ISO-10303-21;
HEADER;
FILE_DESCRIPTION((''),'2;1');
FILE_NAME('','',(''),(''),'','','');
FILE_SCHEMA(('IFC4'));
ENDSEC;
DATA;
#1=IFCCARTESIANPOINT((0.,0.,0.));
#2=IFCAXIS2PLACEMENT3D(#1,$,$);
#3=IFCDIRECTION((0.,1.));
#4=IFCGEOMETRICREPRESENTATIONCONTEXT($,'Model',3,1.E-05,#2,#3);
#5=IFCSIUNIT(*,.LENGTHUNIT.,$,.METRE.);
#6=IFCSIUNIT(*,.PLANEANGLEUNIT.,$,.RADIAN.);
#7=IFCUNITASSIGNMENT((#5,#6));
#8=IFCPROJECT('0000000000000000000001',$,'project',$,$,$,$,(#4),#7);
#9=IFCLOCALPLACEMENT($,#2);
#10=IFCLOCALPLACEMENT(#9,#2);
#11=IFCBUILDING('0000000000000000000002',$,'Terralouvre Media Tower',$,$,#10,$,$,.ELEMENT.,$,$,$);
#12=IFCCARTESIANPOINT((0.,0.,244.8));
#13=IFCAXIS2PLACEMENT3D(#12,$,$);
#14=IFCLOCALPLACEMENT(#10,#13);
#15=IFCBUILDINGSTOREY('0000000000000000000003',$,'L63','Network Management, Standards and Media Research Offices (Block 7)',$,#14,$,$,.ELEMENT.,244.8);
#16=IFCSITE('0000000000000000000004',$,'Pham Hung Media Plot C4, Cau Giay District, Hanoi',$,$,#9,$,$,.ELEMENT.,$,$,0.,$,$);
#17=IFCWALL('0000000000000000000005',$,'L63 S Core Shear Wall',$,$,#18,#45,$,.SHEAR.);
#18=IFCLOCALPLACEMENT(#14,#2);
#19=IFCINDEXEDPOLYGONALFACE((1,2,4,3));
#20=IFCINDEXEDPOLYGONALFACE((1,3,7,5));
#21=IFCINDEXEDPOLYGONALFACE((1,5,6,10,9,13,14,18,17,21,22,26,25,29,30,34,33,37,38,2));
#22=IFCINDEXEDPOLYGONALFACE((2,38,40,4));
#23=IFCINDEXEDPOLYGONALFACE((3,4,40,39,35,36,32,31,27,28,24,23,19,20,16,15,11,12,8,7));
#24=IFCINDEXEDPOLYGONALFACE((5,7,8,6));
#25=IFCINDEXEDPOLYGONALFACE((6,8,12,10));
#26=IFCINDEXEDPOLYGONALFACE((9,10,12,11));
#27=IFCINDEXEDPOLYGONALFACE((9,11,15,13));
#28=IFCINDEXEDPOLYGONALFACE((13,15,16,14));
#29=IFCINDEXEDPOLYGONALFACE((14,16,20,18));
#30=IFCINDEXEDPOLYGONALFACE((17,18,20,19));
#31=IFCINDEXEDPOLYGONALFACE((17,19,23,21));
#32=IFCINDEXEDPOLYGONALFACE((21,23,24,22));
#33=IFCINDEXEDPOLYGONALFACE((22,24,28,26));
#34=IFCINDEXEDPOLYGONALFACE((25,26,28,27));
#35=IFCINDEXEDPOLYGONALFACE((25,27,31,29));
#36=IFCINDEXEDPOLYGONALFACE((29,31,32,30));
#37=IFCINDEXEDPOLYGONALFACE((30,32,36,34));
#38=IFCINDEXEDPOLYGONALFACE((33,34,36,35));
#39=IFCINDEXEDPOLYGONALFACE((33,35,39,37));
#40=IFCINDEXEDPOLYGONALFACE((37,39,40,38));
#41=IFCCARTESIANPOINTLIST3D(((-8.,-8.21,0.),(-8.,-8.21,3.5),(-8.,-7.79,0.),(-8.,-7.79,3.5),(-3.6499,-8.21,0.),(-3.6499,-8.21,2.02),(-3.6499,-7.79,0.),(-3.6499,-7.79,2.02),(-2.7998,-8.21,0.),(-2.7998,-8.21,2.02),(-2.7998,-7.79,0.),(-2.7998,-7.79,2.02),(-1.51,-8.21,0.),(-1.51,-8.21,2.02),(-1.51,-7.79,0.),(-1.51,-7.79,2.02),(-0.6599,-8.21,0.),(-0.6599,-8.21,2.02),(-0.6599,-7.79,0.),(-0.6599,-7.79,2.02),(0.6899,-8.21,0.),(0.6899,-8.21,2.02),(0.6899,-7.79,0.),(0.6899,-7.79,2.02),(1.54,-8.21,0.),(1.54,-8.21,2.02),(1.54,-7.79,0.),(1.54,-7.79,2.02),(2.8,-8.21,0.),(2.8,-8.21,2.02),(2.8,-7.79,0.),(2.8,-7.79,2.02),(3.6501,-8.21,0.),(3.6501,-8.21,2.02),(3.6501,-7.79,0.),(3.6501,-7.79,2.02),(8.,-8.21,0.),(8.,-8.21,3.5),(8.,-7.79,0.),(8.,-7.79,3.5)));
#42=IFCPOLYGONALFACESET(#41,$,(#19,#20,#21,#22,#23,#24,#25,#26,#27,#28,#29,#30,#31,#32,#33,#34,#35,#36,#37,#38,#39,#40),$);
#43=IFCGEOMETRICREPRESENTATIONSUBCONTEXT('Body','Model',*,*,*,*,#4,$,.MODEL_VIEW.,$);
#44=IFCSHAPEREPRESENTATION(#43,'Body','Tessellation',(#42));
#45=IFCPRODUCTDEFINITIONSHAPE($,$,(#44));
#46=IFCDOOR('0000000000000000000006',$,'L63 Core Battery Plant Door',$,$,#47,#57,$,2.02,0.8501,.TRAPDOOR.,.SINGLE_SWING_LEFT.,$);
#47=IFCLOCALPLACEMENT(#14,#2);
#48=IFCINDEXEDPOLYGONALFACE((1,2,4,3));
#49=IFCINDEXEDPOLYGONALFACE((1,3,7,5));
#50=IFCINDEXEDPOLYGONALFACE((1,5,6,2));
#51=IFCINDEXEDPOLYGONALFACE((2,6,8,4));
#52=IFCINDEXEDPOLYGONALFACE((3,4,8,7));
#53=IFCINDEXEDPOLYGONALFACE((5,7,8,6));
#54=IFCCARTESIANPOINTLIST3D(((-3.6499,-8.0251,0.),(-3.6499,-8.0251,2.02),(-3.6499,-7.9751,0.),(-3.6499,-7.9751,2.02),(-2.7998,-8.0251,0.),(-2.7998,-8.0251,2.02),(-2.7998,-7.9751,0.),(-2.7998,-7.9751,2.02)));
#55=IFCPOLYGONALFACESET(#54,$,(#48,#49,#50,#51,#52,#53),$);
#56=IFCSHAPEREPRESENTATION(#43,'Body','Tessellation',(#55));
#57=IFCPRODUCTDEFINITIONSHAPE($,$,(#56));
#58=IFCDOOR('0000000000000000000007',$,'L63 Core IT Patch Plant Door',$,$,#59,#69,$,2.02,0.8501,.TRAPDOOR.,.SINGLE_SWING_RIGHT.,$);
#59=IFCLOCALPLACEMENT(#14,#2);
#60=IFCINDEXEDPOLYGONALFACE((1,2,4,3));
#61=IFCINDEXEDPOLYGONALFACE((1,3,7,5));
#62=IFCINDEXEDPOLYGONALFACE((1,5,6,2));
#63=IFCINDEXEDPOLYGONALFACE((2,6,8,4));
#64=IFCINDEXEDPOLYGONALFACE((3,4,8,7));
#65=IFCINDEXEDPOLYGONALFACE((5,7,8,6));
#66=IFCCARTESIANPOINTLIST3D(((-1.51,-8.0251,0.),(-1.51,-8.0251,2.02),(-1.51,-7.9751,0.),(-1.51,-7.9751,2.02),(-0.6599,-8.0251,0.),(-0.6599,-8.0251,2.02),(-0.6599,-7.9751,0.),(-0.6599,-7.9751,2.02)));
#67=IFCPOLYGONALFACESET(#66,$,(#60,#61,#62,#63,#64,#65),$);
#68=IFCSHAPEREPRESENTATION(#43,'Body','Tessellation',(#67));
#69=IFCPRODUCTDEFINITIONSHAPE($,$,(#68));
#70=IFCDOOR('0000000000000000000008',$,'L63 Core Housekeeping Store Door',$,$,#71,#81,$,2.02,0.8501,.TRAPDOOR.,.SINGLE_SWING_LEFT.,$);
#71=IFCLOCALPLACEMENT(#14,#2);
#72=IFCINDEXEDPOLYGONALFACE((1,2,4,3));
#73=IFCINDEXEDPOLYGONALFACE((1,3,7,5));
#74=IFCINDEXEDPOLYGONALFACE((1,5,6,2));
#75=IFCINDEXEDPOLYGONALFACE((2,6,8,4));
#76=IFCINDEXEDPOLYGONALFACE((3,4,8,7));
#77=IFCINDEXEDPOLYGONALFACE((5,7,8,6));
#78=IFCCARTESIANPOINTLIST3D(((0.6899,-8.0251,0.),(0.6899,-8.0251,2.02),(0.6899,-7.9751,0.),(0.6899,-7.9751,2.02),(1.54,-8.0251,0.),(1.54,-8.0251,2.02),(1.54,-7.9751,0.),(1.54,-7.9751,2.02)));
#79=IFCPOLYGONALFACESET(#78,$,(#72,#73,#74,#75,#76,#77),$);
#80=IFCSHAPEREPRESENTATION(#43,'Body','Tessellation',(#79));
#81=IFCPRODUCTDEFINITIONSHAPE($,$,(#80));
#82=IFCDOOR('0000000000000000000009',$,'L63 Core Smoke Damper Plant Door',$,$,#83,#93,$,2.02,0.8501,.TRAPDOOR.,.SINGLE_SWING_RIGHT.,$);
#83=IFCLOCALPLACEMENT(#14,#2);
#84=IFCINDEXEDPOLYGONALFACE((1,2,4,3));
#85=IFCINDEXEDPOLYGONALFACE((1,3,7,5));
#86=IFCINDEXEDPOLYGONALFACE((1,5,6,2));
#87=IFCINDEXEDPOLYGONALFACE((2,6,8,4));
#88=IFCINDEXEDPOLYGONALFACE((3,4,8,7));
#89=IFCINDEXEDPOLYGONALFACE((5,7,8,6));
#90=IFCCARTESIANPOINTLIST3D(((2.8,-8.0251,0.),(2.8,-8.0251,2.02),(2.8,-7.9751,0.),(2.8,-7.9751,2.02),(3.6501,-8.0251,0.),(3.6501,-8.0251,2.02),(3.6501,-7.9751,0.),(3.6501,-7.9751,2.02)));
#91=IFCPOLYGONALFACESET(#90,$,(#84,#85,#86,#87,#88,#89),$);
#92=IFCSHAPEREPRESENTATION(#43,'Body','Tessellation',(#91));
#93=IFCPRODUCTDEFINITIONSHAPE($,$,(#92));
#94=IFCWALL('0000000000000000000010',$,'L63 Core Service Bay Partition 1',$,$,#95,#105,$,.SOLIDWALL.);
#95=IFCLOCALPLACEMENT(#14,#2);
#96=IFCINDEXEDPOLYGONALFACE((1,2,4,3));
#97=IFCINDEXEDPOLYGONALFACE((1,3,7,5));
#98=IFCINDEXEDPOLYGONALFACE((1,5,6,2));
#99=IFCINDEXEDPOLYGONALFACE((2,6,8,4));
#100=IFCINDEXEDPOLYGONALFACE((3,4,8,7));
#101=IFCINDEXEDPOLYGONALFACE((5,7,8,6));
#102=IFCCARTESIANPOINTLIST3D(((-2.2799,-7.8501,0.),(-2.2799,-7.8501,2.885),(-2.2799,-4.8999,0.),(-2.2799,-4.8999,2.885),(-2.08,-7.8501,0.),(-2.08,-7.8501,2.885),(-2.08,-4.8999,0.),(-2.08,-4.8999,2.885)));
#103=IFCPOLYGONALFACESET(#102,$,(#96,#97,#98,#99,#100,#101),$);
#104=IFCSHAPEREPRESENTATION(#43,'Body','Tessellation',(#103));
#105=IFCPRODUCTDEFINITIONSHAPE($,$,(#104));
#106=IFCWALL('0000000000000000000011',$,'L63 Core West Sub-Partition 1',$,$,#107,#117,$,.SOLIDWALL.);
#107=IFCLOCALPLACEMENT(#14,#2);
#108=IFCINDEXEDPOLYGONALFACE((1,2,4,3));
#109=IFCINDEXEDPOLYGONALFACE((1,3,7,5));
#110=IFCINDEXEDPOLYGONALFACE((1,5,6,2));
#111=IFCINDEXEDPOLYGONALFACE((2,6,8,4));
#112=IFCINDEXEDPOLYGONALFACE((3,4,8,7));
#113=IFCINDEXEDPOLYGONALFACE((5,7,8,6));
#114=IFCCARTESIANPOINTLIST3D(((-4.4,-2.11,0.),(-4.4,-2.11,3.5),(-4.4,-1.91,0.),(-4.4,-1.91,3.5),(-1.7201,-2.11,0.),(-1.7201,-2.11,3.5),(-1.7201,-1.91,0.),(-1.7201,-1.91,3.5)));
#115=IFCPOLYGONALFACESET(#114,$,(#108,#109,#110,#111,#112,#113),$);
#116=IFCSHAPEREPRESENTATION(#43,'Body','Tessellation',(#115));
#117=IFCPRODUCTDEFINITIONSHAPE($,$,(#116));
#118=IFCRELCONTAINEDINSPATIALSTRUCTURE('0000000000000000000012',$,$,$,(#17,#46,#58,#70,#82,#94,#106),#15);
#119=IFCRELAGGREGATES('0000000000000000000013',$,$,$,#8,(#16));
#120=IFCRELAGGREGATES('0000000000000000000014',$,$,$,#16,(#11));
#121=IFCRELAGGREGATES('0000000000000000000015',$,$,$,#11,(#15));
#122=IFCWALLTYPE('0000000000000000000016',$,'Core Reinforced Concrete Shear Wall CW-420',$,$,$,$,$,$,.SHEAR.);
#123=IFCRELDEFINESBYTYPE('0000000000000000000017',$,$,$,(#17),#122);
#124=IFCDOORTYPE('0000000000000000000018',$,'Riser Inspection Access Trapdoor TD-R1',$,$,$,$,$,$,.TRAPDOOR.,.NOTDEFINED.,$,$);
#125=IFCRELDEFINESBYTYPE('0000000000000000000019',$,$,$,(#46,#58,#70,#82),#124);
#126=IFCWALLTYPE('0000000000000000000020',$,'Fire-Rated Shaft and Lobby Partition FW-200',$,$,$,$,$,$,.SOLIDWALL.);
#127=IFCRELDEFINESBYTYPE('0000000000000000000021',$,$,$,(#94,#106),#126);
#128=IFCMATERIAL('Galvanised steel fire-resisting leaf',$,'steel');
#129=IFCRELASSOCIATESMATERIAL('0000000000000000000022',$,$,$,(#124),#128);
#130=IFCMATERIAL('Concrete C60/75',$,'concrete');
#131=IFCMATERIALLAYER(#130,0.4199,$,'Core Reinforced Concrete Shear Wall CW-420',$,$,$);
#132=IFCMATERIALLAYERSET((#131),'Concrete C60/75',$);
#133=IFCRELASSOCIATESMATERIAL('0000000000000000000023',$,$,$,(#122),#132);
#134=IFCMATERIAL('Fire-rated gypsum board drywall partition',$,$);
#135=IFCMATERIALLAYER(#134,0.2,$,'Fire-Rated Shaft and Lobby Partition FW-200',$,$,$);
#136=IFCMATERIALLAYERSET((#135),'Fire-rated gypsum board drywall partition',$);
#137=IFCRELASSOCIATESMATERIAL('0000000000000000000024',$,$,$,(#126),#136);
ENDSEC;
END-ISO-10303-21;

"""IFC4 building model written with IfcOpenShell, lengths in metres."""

from ifc_helpers import new_model, si_unit, direction, frame, frame_2d, origin, place, context, subcontext, project, spatial, rectangle, extrude, material, layer, layer_set, type_object, element, fill, save


model = new_model("IFC4")

# Units and contexts
model_context = context("Model", 3, precision=1e-05, world=origin(), true_north=direction((0.0, 1.0)))
body_context = subcontext(model_context, "Body", "Model", "MODEL_VIEW")
ifc_project = project(units=[si_unit("LENGTHUNIT", "METRE"), si_unit("PLANEANGLEUNIT", "RADIAN")], contexts=[model_context])

# Site, building, storey
site_placement = place(None, origin())
site = spatial("IfcSite", under=ifc_project, at=site_placement, Name="Pham Hung Media Plot C4, Cau Giay District, Hanoi", CompositionType="ELEMENT", RefElevation=0.0)
building_placement = place(site_placement, origin())
building = spatial("IfcBuilding", under=site, at=building_placement, Name="Terralouvre Media Tower", CompositionType="ELEMENT")
storey_placement = place(building_placement, frame((0.0, 0.0, 244.8)))
storey = spatial("IfcBuildingStorey", under=building, at=storey_placement, Name="L63", Description="Network Management, Standards and Media Research Offices (Block 7)", CompositionType="ELEMENT", Elevation=244.8)

# Wall, openings, doors
ifc_material_1 = material(Name="Galvanised steel fire-resisting leaf", Category="steel")
door_type_1 = type_object("IfcDoorType", Name="Riser Inspection Access Trapdoor TD-R1", OperationType="NOTDEFINED", PredefinedType="TRAPDOOR", material=ifc_material_1)
ifc_material_2 = material(Name="Concrete C60/75", Category="concrete")
ifc_layer_1 = layer(ifc_material_2, 0.4199, Name="Core Reinforced Concrete Shear Wall CW-420")
ifc_layer_set_1 = layer_set([ifc_layer_1], Name="Concrete C60/75")
wall_type_1 = type_object("IfcWallType", Name="Core Reinforced Concrete Shear Wall CW-420", PredefinedType="SHEAR", material=ifc_layer_set_1)
wall_1_placement = place(storey_placement, frame((-8.0, -8.0, 0.0), z_axis=(0.0, 0.0, 1.0), x_axis=(1.0, 0.0, 0.0)))
wall_1 = element("IfcWall", 1, at=wall_1_placement, inside=storey, type_object=wall_type_1, Name="L63 S Core Shear Wall", PredefinedType="SHEAR", context=body_context, shape_type="SweptSolid", body=[
    extrude(rectangle(XDim=16.0, YDim=0.4199, at=frame_2d((8.0, 0.0))), origin(), (0.0, 0.0, 1.0), 3.5),
])
opening_1_placement = place(wall_1_placement, frame((4.3501, 0.0, 0.0)))
opening_1 = element("IfcOpeningElement", 2, at=opening_1_placement, cuts=wall_1, PredefinedType="OPENING", context=body_context, shape_type="SweptSolid", body=[
    extrude(rectangle(XDim=0.8501, YDim=2.02, at=frame_2d((0.425, 1.01))), frame((0.0, 0.22, 0.0), z_axis=(0.0, -1.0, 0.0), x_axis=(1.0, 0.0, 0.0)), (0.0, 0.0, 1.0), 0.4399),
])
opening_2_placement = place(wall_1_placement, frame((6.49, 0.0, 0.0)))
opening_2 = element("IfcOpeningElement", 3, at=opening_2_placement, cuts=wall_1, PredefinedType="OPENING", context=body_context, shape_type="SweptSolid", body=[
    extrude(rectangle(XDim=0.8501, YDim=2.02, at=frame_2d((0.425, 1.01))), frame((0.0, 0.22, 0.0), z_axis=(0.0, -1.0, 0.0), x_axis=(1.0, 0.0, 0.0)), (0.0, 0.0, 1.0), 0.4399),
])
opening_3_placement = place(wall_1_placement, frame((8.6899, 0.0, 0.0)))
opening_3 = element("IfcOpeningElement", 4, at=opening_3_placement, cuts=wall_1, PredefinedType="OPENING", context=body_context, shape_type="SweptSolid", body=[
    extrude(rectangle(XDim=0.8501, YDim=2.02, at=frame_2d((0.425, 1.01))), frame((0.0, 0.22, 0.0), z_axis=(0.0, -1.0, 0.0), x_axis=(1.0, 0.0, 0.0)), (0.0, 0.0, 1.0), 0.4399),
])
opening_4_placement = place(wall_1_placement, frame((10.8, 0.0, 0.0)))
opening_4 = element("IfcOpeningElement", 5, at=opening_4_placement, cuts=wall_1, PredefinedType="OPENING", context=body_context, shape_type="SweptSolid", body=[
    extrude(rectangle(XDim=0.8501, YDim=2.02, at=frame_2d((0.425, 1.01))), frame((0.0, 0.22, 0.0), z_axis=(0.0, -1.0, 0.0), x_axis=(1.0, 0.0, 0.0)), (0.0, 0.0, 1.0), 0.4399),
])
door_1_placement = place(opening_1_placement, origin())
door_1 = element("IfcDoor", 6, at=door_1_placement, inside=storey, type_object=door_type_1, Name="L63 Core Battery Plant Door", OperationType="SINGLE_SWING_LEFT", OverallHeight=2.02, OverallWidth=0.8501, PredefinedType="TRAPDOOR", context=body_context, shape_type="SweptSolid", body=[
    extrude(rectangle(XDim=0.8501, YDim=2.02, at=frame_2d((0.425, 1.01))), frame((0.0, 0.0249, 0.0), z_axis=(0.0, -1.0, 0.0), x_axis=(1.0, 0.0, 0.0)), (0.0, 0.0, 1.0), 0.05),
])
fill(opening_1, door_1)
door_2_placement = place(opening_2_placement, origin())
door_2 = element("IfcDoor", 7, at=door_2_placement, inside=storey, type_object=door_type_1, Name="L63 Core IT Patch Plant Door", OperationType="SINGLE_SWING_RIGHT", OverallHeight=2.02, OverallWidth=0.8501, PredefinedType="TRAPDOOR", context=body_context, shape_type="SweptSolid", body=[
    extrude(rectangle(XDim=0.8501, YDim=2.02, at=frame_2d((0.425, 1.01))), frame((0.0, 0.0249, 0.0), z_axis=(0.0, -1.0, 0.0), x_axis=(1.0, 0.0, 0.0)), (0.0, 0.0, 1.0), 0.05),
])
fill(opening_2, door_2)
door_3_placement = place(opening_3_placement, origin())
door_3 = element("IfcDoor", 8, at=door_3_placement, inside=storey, type_object=door_type_1, Name="L63 Core Housekeeping Store Door", OperationType="SINGLE_SWING_LEFT", OverallHeight=2.02, OverallWidth=0.8501, PredefinedType="TRAPDOOR", context=body_context, shape_type="SweptSolid", body=[
    extrude(rectangle(XDim=0.8501, YDim=2.02, at=frame_2d((0.425, 1.01))), frame((0.0, 0.0249, 0.0), z_axis=(0.0, -1.0, 0.0), x_axis=(1.0, 0.0, 0.0)), (0.0, 0.0, 1.0), 0.05),
])
fill(opening_3, door_3)
door_4_placement = place(opening_4_placement, origin())
door_4 = element("IfcDoor", 9, at=door_4_placement, inside=storey, type_object=door_type_1, Name="L63 Core Smoke Damper Plant Door", OperationType="SINGLE_SWING_RIGHT", OverallHeight=2.02, OverallWidth=0.8501, PredefinedType="TRAPDOOR", context=body_context, shape_type="SweptSolid", body=[
    extrude(rectangle(XDim=0.8501, YDim=2.02, at=frame_2d((0.425, 1.01))), frame((0.0, 0.0249, 0.0), z_axis=(0.0, -1.0, 0.0), x_axis=(1.0, 0.0, 0.0)), (0.0, 0.0, 1.0), 0.05),
])
fill(opening_4, door_4)

# Walls
ifc_material_3 = material(Name="Fire-rated gypsum board drywall partition")
ifc_layer_2 = layer(ifc_material_3, 0.2, Name="Fire-Rated Shaft and Lobby Partition FW-200")
ifc_layer_set_2 = layer_set([ifc_layer_2], Name="Fire-rated gypsum board drywall partition")
wall_type_2 = type_object("IfcWallType", Name="Fire-Rated Shaft and Lobby Partition FW-200", PredefinedType="SOLIDWALL", material=ifc_layer_set_2)
wall_2_placement = place(storey_placement, frame((-2.1799, -7.8501, 0.0), z_axis=(0.0, 0.0, 1.0), x_axis=(0.0, 1.0, 0.0)))
element("IfcWall", 10, at=wall_2_placement, inside=storey, type_object=wall_type_2, Name="L63 Core Service Bay Partition 1", PredefinedType="SOLIDWALL", context=body_context, shape_type="SweptSolid", body=[
    extrude(rectangle(XDim=2.9502, YDim=0.2, at=frame_2d((1.4751, 0.0))), origin(), (0.0, 0.0, 1.0), 2.885),
])
wall_3_placement = place(storey_placement, frame((-4.3999, -2.01, 0.0), z_axis=(0.0, 0.0, 1.0), x_axis=(1.0, 0.0, 0.0)))
element("IfcWall", 11, at=wall_3_placement, inside=storey, type_object=wall_type_2, Name="L63 Core West Sub-Partition 1", PredefinedType="SOLIDWALL", context=body_context, shape_type="SweptSolid", body=[
    extrude(rectangle(XDim=2.6799, YDim=0.2, at=frame_2d((1.3398, 0.0))), origin(), (0.0, 0.0, 1.0), 3.5),
])

save(model, "model.ifc")
